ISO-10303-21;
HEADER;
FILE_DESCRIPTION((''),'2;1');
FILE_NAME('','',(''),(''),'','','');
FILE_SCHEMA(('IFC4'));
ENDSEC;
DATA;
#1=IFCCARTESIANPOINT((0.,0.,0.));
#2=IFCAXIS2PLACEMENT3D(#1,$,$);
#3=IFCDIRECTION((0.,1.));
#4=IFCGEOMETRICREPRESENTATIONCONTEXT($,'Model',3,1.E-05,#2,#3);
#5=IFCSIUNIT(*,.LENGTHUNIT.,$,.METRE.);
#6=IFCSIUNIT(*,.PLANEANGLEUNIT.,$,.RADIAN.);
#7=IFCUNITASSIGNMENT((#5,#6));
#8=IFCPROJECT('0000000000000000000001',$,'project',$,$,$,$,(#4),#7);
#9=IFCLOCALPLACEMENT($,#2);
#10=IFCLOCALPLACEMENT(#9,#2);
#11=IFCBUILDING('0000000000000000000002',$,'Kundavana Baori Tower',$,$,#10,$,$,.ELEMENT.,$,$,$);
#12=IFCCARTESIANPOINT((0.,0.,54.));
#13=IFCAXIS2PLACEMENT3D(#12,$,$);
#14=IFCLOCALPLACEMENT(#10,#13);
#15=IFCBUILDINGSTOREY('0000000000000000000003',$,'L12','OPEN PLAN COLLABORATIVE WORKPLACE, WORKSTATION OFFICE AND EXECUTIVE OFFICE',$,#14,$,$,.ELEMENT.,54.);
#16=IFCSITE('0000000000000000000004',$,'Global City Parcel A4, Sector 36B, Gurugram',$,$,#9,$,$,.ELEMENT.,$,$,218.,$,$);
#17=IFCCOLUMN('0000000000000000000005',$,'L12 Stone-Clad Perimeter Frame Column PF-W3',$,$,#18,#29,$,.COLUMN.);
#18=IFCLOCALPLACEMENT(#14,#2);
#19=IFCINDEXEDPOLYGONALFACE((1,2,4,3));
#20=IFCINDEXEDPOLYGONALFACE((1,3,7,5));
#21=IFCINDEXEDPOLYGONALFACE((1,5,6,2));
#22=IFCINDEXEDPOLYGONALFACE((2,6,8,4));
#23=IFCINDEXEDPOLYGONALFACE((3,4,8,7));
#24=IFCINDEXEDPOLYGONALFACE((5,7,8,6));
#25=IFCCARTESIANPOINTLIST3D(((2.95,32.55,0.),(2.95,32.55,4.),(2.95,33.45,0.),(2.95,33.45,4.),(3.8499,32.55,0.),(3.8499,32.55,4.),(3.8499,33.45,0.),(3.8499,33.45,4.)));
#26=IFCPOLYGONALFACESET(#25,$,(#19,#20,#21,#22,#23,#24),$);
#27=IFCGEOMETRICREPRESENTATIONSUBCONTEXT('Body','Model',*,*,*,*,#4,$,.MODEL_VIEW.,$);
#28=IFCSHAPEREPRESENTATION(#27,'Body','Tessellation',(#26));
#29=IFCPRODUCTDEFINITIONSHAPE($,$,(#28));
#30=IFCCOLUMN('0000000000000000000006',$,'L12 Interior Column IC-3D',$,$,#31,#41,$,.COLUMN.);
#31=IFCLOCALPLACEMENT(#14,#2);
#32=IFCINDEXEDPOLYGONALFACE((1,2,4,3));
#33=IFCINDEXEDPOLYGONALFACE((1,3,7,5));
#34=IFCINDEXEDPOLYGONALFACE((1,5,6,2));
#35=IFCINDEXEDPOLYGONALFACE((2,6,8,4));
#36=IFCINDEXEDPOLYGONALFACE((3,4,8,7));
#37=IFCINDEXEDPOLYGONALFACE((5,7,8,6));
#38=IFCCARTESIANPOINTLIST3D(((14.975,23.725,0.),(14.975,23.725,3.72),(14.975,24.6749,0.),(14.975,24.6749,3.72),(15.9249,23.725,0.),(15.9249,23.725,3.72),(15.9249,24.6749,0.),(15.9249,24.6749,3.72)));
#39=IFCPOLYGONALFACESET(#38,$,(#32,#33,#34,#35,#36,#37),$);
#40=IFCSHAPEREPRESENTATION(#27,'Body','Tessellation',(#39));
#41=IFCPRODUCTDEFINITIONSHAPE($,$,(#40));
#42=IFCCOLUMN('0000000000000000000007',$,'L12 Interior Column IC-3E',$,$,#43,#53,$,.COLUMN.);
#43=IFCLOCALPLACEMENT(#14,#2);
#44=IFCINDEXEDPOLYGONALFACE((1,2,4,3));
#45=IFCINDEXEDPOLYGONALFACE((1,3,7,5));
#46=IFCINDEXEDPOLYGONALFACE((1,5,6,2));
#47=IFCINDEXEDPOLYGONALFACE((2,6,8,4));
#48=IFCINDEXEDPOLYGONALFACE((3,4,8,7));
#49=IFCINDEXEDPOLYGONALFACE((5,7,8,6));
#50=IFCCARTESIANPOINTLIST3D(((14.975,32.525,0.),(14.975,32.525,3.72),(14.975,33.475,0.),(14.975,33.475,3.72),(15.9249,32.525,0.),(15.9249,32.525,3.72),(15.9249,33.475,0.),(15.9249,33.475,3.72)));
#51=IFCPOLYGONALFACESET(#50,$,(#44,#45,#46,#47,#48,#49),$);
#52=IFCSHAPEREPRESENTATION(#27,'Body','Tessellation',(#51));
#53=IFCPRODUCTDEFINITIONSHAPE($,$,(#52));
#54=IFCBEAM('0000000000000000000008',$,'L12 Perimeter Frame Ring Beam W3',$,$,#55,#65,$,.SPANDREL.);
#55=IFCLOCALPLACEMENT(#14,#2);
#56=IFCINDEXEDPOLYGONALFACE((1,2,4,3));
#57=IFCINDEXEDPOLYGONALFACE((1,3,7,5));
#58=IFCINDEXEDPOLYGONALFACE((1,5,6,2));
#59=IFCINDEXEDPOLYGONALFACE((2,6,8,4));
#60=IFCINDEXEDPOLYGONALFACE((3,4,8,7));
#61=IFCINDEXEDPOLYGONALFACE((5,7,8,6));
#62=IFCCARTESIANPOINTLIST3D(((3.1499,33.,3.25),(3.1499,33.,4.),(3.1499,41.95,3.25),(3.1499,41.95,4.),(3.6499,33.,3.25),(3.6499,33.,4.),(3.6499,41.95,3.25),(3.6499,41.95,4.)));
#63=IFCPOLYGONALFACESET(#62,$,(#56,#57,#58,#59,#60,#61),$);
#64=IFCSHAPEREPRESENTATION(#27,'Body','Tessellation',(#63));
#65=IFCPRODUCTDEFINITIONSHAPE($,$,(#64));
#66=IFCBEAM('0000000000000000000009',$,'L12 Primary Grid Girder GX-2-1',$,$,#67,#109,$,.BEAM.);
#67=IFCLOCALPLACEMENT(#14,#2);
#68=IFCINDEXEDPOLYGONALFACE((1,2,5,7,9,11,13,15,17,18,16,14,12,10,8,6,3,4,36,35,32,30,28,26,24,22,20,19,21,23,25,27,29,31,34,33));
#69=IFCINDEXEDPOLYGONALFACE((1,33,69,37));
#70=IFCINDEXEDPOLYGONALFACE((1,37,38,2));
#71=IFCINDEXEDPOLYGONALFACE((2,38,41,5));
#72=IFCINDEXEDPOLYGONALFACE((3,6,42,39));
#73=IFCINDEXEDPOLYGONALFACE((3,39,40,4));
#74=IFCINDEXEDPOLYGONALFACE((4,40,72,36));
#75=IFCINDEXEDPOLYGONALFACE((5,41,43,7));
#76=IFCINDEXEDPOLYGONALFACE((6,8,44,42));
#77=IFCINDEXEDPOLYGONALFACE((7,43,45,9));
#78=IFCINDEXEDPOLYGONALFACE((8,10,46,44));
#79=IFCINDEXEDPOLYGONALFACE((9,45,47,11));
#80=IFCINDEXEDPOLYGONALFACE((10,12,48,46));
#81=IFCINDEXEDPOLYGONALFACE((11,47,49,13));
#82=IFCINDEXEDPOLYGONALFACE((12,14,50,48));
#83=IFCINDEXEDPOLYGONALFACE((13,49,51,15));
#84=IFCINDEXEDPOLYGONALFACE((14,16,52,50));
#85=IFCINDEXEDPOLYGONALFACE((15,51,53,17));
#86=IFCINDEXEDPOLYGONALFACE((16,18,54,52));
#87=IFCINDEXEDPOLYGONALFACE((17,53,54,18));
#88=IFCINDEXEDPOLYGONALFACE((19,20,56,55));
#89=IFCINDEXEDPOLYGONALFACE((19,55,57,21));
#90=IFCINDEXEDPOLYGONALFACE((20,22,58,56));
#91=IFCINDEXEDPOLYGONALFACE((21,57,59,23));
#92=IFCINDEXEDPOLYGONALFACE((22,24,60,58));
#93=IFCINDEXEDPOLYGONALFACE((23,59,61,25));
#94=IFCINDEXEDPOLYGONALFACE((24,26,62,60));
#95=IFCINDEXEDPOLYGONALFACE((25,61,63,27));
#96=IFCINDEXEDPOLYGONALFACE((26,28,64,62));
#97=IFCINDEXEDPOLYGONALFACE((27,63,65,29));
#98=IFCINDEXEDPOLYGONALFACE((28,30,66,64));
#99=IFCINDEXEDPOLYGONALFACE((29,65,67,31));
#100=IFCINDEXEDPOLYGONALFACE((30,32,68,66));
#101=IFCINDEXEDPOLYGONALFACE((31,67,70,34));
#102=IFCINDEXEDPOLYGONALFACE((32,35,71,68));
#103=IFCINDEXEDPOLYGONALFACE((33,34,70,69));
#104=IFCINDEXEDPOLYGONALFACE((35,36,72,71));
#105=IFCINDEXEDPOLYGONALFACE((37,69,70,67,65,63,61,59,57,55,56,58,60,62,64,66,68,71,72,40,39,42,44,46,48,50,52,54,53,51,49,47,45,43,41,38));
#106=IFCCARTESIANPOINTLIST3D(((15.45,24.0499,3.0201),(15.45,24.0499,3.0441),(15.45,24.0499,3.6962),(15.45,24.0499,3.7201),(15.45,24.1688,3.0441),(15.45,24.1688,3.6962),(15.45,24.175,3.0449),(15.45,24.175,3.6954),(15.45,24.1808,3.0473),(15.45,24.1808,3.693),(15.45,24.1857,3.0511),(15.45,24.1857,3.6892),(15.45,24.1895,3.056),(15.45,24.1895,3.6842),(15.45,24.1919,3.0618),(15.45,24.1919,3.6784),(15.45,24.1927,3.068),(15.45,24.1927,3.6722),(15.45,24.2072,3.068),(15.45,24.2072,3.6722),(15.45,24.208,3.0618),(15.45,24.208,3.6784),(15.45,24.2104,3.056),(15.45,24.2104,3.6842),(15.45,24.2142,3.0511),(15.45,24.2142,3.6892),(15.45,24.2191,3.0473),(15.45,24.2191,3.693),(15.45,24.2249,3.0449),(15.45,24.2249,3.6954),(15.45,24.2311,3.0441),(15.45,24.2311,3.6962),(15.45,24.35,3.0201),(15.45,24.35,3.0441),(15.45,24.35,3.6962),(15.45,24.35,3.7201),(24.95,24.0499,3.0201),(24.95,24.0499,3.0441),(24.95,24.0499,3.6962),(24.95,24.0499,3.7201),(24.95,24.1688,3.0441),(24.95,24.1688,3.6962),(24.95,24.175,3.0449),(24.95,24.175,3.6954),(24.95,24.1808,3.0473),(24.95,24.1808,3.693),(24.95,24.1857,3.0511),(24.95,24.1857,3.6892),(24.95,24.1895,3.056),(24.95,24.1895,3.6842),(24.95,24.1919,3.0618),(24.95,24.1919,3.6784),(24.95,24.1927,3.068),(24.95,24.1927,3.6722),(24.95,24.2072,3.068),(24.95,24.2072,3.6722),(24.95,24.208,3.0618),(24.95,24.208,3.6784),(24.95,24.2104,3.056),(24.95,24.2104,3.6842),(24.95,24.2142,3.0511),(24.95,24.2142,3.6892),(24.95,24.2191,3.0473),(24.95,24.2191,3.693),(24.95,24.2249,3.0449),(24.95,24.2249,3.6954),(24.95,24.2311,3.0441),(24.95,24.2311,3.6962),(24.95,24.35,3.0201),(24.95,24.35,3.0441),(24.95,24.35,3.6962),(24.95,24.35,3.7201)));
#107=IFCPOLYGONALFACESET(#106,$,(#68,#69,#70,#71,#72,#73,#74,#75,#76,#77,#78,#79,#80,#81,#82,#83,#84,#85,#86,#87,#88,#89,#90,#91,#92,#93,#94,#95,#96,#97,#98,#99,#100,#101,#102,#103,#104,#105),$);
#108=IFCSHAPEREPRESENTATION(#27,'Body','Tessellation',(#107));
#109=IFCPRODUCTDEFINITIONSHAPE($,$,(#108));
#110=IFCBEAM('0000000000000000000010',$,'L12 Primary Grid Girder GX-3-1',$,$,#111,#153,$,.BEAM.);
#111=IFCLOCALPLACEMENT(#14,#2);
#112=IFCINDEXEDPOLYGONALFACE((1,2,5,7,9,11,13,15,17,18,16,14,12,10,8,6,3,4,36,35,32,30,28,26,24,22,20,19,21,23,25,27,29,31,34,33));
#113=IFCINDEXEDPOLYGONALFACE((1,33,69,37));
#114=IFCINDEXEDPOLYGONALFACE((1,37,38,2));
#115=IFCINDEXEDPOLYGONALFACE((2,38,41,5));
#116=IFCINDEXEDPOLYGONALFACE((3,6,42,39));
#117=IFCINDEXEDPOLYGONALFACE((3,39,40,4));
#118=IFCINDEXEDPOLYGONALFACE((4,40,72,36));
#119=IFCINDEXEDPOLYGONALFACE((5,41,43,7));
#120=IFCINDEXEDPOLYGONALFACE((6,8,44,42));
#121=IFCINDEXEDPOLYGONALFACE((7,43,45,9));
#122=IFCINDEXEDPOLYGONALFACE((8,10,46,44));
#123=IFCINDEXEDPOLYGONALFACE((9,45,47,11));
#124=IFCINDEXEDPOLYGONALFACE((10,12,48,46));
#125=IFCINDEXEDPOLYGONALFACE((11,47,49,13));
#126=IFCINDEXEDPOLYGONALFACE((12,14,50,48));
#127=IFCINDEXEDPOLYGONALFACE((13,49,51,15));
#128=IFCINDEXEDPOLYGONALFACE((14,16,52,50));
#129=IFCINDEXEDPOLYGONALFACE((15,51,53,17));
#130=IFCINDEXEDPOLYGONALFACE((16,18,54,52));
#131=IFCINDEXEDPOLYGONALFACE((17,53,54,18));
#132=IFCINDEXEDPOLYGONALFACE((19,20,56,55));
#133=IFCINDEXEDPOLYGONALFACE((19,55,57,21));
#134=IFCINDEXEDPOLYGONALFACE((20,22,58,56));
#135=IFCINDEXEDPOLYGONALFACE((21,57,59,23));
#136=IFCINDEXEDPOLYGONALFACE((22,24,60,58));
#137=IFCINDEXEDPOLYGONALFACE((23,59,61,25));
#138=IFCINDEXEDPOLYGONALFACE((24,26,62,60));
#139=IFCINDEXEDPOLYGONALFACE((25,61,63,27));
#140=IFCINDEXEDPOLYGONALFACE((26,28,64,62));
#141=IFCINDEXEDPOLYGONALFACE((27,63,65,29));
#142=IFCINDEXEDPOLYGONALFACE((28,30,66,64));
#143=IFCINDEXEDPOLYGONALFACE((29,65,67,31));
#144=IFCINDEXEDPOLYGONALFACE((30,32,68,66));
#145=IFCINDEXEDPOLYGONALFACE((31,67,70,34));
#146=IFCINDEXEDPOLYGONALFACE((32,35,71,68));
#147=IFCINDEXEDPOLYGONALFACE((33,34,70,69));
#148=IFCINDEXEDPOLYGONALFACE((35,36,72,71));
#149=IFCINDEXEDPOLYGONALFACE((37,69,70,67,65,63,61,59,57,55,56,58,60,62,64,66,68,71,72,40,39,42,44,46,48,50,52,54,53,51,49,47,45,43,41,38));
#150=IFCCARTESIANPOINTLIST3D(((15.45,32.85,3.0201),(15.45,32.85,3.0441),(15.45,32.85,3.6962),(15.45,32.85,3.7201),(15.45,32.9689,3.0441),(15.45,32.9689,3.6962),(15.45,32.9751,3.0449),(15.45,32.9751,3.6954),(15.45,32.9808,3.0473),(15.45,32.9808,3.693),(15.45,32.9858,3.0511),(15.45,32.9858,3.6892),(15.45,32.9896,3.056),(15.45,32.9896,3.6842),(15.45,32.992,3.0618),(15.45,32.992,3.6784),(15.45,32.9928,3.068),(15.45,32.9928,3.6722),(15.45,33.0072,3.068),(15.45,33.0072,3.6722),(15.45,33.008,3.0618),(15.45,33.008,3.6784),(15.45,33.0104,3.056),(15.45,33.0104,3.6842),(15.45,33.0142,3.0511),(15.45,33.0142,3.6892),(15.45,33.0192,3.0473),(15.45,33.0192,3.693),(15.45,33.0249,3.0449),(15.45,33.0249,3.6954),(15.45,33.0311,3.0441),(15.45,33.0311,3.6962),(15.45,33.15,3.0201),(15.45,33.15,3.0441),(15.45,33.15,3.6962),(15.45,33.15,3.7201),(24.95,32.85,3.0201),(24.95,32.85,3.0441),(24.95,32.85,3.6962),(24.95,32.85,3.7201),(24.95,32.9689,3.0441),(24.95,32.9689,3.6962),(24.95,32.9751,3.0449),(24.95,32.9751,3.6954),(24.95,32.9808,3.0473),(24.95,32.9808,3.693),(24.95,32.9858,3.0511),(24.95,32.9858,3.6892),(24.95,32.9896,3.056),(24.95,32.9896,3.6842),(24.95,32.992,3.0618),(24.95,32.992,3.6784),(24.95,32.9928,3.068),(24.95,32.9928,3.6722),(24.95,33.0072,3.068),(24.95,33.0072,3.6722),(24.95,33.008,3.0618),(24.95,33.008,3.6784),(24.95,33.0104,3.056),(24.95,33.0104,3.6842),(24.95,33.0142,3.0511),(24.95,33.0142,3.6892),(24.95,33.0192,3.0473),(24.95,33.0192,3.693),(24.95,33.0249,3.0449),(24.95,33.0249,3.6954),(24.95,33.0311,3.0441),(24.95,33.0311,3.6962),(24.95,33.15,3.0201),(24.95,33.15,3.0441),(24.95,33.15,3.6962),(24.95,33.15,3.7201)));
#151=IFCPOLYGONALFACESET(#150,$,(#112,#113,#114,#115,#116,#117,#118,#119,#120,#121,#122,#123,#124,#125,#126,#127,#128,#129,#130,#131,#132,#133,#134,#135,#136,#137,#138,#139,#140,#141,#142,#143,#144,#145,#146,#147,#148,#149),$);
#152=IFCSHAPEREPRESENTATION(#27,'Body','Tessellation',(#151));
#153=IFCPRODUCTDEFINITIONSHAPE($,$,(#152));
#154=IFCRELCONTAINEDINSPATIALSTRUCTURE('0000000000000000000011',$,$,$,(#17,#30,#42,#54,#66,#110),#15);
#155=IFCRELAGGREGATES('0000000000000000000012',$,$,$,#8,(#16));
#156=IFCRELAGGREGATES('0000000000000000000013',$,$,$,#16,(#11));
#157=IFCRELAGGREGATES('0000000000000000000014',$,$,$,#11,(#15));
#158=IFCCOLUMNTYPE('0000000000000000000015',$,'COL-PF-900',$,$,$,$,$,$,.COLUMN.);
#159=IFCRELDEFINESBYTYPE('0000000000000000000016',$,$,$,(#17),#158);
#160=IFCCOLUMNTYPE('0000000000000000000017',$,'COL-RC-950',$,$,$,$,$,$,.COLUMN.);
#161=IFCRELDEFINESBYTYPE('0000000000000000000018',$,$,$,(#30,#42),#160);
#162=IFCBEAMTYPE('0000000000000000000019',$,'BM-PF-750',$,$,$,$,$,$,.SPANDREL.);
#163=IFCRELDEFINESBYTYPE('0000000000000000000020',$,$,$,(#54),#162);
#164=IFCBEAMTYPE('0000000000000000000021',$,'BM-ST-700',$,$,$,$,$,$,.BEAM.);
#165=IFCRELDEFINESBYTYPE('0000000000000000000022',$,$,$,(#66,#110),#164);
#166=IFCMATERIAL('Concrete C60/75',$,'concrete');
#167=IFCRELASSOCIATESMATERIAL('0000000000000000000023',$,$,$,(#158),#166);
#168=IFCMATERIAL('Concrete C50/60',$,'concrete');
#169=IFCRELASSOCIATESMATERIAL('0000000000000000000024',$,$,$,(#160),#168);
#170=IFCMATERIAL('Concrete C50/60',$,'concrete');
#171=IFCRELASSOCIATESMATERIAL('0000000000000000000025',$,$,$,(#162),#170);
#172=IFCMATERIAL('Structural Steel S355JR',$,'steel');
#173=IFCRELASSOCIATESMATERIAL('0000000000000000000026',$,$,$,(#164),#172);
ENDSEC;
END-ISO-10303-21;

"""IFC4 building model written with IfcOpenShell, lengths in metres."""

from ifc_helpers import new_model, si_unit, direction, frame, origin, origin_2d, place, context, subcontext, project, spatial, rectangle, i_section, extrude, material, material_profile, profile_set, type_object, element, save


model = new_model("IFC4")

# Units and contexts
model_context = context("Model", 3, precision=1e-05, world=origin(), true_north=direction((0.0, 1.0)))
body_context = subcontext(model_context, "Body", "Model", "MODEL_VIEW")
ifc_project = project(units=[si_unit("LENGTHUNIT", "METRE"), si_unit("PLANEANGLEUNIT", "RADIAN")], contexts=[model_context])

# Site, building, storey
site_placement = place(None, origin())
site = spatial("IfcSite", under=ifc_project, at=site_placement, Name="Global City Parcel A4, Sector 36B, Gurugram", CompositionType="ELEMENT", RefElevation=218.0)
building_placement = place(site_placement, origin())
building = spatial("IfcBuilding", under=site, at=building_placement, Name="Kundavana Baori Tower", CompositionType="ELEMENT")
storey_placement = place(building_placement, frame((0.0, 0.0, 54.0)))
storey = spatial("IfcBuildingStorey", under=building, at=storey_placement, Name="L12", Description="OPEN PLAN COLLABORATIVE WORKPLACE, WORKSTATION OFFICE AND EXECUTIVE OFFICE", CompositionType="ELEMENT", Elevation=54.0)

# Columns
ifc_material_1 = material(Name="Concrete C60/75", Category="concrete")
ifc_material_profile_1 = material_profile(ifc_material_1, rectangle(XDim=0.8999, YDim=0.8999, at=origin_2d()), Name="RC PF 900x900")
ifc_profile_set_1 = profile_set([ifc_material_profile_1], Name="Concrete C60/75")
column_type_1 = type_object("IfcColumnType", Name="COL-PF-900", PredefinedType="COLUMN", material=ifc_profile_set_1)
column_placement = place(storey_placement, frame((3.3999, 33.0, 0.0), z_axis=(0.0, 0.0, 1.0), x_axis=(1.0, 0.0, 0.0)))
element("IfcColumn", 1, at=column_placement, inside=storey, type_object=column_type_1, Name="L12 Stone-Clad Perimeter Frame Column PF-W3", PredefinedType="COLUMN", context=body_context, shape_type="SweptSolid", body=[
    extrude(rectangle(XDim=0.8999, YDim=0.8999, at=origin_2d()), origin(), (0.0, 0.0, 1.0), 4.0),
])
ifc_material_2 = material(Name="Concrete C50/60", Category="concrete")
ifc_material_profile_2 = material_profile(ifc_material_2, rectangle(XDim=0.95, YDim=0.95, at=origin_2d()), Name="RC 950x950")
ifc_profile_set_2 = profile_set([ifc_material_profile_2], Name="Concrete C50/60")
column_type_2 = type_object("IfcColumnType", Name="COL-RC-950", PredefinedType="COLUMN", material=ifc_profile_set_2)
for number, where, z_axis, x_axis, name in (
    (2, (15.45, 24.2, 0.0), (0.0, 0.0, 1.0), (1.0, 0.0, 0.0), "L12 Interior Column IC-3D"),
    (3, (15.45, 33.0, 0.0), (0.0, 0.0, 1.0), (1.0, 0.0, 0.0), "L12 Interior Column IC-3E"),
):
    element("IfcColumn", number, at=place(storey_placement, frame(where, z_axis=z_axis, x_axis=x_axis)), inside=storey, type_object=column_type_2, Name=name, PredefinedType="COLUMN", context=body_context, shape_type="SweptSolid", body=[
        extrude(rectangle(XDim=0.95, YDim=0.95, at=origin_2d()), origin(), (0.0, 0.0, 1.0), 3.72),
    ])

# Beams
ifc_material_3 = material(Name="Concrete C50/60", Category="concrete")
ifc_material_profile_3 = material_profile(ifc_material_3, rectangle(XDim=0.5, YDim=0.75, at=origin_2d()), Name="RC BM 500x750")
ifc_profile_set_3 = profile_set([ifc_material_profile_3], Name="Concrete C50/60")
beam_type_1 = type_object("IfcBeamType", Name="BM-PF-750", PredefinedType="SPANDREL", material=ifc_profile_set_3)
beam_placement = place(storey_placement, frame((3.3999, 33.0, 3.625), z_axis=(0.0, 1.0, 0.0), x_axis=(-1.0, 0.0, 0.0)))
element("IfcBeam", 4, at=beam_placement, inside=storey, type_object=beam_type_1, Name="L12 Perimeter Frame Ring Beam W3", PredefinedType="SPANDREL", context=body_context, shape_type="SweptSolid", body=[
    extrude(rectangle(XDim=0.5, YDim=0.75, at=origin_2d()), origin(), (0.0, 0.0, 1.0), 8.95),
])
ifc_material_4 = material(Name="Structural Steel S355JR", Category="steel")
ifc_material_profile_4 = material_profile(ifc_material_4, i_section(OverallWidth=0.3, OverallDepth=0.7, WebThickness=0.0144, FlangeThickness=0.0239, FilletRadius=0.0239, at=origin_2d()), Name="NPB 700x300x170")
ifc_profile_set_4 = profile_set([ifc_material_profile_4], Name="Structural Steel S355JR")
beam_type_2 = type_object("IfcBeamType", Name="BM-ST-700", PredefinedType="BEAM", material=ifc_profile_set_4)
for number, where, z_axis, x_axis, name in (
    (5, (15.45, 24.2, 3.3701), (1.0, 0.0, 0.0), (0.0, 1.0, 0.0), "L12 Primary Grid Girder GX-2-1"),
    (6, (15.45, 33.0, 3.3701), (1.0, 0.0, 0.0), (0.0, 1.0, 0.0), "L12 Primary Grid Girder GX-3-1"),
):
    element("IfcBeam", number, at=place(storey_placement, frame(where, z_axis=z_axis, x_axis=x_axis)), inside=storey, type_object=beam_type_2, Name=name, PredefinedType="BEAM", context=body_context, shape_type="SweptSolid", body=[
        extrude(i_section(OverallWidth=0.3, OverallDepth=0.7, WebThickness=0.0144, FlangeThickness=0.0239, FilletRadius=0.0239, at=origin_2d()), origin(), (0.0, 0.0, 1.0), 9.5),
    ])

save(model, "model.ifc")
